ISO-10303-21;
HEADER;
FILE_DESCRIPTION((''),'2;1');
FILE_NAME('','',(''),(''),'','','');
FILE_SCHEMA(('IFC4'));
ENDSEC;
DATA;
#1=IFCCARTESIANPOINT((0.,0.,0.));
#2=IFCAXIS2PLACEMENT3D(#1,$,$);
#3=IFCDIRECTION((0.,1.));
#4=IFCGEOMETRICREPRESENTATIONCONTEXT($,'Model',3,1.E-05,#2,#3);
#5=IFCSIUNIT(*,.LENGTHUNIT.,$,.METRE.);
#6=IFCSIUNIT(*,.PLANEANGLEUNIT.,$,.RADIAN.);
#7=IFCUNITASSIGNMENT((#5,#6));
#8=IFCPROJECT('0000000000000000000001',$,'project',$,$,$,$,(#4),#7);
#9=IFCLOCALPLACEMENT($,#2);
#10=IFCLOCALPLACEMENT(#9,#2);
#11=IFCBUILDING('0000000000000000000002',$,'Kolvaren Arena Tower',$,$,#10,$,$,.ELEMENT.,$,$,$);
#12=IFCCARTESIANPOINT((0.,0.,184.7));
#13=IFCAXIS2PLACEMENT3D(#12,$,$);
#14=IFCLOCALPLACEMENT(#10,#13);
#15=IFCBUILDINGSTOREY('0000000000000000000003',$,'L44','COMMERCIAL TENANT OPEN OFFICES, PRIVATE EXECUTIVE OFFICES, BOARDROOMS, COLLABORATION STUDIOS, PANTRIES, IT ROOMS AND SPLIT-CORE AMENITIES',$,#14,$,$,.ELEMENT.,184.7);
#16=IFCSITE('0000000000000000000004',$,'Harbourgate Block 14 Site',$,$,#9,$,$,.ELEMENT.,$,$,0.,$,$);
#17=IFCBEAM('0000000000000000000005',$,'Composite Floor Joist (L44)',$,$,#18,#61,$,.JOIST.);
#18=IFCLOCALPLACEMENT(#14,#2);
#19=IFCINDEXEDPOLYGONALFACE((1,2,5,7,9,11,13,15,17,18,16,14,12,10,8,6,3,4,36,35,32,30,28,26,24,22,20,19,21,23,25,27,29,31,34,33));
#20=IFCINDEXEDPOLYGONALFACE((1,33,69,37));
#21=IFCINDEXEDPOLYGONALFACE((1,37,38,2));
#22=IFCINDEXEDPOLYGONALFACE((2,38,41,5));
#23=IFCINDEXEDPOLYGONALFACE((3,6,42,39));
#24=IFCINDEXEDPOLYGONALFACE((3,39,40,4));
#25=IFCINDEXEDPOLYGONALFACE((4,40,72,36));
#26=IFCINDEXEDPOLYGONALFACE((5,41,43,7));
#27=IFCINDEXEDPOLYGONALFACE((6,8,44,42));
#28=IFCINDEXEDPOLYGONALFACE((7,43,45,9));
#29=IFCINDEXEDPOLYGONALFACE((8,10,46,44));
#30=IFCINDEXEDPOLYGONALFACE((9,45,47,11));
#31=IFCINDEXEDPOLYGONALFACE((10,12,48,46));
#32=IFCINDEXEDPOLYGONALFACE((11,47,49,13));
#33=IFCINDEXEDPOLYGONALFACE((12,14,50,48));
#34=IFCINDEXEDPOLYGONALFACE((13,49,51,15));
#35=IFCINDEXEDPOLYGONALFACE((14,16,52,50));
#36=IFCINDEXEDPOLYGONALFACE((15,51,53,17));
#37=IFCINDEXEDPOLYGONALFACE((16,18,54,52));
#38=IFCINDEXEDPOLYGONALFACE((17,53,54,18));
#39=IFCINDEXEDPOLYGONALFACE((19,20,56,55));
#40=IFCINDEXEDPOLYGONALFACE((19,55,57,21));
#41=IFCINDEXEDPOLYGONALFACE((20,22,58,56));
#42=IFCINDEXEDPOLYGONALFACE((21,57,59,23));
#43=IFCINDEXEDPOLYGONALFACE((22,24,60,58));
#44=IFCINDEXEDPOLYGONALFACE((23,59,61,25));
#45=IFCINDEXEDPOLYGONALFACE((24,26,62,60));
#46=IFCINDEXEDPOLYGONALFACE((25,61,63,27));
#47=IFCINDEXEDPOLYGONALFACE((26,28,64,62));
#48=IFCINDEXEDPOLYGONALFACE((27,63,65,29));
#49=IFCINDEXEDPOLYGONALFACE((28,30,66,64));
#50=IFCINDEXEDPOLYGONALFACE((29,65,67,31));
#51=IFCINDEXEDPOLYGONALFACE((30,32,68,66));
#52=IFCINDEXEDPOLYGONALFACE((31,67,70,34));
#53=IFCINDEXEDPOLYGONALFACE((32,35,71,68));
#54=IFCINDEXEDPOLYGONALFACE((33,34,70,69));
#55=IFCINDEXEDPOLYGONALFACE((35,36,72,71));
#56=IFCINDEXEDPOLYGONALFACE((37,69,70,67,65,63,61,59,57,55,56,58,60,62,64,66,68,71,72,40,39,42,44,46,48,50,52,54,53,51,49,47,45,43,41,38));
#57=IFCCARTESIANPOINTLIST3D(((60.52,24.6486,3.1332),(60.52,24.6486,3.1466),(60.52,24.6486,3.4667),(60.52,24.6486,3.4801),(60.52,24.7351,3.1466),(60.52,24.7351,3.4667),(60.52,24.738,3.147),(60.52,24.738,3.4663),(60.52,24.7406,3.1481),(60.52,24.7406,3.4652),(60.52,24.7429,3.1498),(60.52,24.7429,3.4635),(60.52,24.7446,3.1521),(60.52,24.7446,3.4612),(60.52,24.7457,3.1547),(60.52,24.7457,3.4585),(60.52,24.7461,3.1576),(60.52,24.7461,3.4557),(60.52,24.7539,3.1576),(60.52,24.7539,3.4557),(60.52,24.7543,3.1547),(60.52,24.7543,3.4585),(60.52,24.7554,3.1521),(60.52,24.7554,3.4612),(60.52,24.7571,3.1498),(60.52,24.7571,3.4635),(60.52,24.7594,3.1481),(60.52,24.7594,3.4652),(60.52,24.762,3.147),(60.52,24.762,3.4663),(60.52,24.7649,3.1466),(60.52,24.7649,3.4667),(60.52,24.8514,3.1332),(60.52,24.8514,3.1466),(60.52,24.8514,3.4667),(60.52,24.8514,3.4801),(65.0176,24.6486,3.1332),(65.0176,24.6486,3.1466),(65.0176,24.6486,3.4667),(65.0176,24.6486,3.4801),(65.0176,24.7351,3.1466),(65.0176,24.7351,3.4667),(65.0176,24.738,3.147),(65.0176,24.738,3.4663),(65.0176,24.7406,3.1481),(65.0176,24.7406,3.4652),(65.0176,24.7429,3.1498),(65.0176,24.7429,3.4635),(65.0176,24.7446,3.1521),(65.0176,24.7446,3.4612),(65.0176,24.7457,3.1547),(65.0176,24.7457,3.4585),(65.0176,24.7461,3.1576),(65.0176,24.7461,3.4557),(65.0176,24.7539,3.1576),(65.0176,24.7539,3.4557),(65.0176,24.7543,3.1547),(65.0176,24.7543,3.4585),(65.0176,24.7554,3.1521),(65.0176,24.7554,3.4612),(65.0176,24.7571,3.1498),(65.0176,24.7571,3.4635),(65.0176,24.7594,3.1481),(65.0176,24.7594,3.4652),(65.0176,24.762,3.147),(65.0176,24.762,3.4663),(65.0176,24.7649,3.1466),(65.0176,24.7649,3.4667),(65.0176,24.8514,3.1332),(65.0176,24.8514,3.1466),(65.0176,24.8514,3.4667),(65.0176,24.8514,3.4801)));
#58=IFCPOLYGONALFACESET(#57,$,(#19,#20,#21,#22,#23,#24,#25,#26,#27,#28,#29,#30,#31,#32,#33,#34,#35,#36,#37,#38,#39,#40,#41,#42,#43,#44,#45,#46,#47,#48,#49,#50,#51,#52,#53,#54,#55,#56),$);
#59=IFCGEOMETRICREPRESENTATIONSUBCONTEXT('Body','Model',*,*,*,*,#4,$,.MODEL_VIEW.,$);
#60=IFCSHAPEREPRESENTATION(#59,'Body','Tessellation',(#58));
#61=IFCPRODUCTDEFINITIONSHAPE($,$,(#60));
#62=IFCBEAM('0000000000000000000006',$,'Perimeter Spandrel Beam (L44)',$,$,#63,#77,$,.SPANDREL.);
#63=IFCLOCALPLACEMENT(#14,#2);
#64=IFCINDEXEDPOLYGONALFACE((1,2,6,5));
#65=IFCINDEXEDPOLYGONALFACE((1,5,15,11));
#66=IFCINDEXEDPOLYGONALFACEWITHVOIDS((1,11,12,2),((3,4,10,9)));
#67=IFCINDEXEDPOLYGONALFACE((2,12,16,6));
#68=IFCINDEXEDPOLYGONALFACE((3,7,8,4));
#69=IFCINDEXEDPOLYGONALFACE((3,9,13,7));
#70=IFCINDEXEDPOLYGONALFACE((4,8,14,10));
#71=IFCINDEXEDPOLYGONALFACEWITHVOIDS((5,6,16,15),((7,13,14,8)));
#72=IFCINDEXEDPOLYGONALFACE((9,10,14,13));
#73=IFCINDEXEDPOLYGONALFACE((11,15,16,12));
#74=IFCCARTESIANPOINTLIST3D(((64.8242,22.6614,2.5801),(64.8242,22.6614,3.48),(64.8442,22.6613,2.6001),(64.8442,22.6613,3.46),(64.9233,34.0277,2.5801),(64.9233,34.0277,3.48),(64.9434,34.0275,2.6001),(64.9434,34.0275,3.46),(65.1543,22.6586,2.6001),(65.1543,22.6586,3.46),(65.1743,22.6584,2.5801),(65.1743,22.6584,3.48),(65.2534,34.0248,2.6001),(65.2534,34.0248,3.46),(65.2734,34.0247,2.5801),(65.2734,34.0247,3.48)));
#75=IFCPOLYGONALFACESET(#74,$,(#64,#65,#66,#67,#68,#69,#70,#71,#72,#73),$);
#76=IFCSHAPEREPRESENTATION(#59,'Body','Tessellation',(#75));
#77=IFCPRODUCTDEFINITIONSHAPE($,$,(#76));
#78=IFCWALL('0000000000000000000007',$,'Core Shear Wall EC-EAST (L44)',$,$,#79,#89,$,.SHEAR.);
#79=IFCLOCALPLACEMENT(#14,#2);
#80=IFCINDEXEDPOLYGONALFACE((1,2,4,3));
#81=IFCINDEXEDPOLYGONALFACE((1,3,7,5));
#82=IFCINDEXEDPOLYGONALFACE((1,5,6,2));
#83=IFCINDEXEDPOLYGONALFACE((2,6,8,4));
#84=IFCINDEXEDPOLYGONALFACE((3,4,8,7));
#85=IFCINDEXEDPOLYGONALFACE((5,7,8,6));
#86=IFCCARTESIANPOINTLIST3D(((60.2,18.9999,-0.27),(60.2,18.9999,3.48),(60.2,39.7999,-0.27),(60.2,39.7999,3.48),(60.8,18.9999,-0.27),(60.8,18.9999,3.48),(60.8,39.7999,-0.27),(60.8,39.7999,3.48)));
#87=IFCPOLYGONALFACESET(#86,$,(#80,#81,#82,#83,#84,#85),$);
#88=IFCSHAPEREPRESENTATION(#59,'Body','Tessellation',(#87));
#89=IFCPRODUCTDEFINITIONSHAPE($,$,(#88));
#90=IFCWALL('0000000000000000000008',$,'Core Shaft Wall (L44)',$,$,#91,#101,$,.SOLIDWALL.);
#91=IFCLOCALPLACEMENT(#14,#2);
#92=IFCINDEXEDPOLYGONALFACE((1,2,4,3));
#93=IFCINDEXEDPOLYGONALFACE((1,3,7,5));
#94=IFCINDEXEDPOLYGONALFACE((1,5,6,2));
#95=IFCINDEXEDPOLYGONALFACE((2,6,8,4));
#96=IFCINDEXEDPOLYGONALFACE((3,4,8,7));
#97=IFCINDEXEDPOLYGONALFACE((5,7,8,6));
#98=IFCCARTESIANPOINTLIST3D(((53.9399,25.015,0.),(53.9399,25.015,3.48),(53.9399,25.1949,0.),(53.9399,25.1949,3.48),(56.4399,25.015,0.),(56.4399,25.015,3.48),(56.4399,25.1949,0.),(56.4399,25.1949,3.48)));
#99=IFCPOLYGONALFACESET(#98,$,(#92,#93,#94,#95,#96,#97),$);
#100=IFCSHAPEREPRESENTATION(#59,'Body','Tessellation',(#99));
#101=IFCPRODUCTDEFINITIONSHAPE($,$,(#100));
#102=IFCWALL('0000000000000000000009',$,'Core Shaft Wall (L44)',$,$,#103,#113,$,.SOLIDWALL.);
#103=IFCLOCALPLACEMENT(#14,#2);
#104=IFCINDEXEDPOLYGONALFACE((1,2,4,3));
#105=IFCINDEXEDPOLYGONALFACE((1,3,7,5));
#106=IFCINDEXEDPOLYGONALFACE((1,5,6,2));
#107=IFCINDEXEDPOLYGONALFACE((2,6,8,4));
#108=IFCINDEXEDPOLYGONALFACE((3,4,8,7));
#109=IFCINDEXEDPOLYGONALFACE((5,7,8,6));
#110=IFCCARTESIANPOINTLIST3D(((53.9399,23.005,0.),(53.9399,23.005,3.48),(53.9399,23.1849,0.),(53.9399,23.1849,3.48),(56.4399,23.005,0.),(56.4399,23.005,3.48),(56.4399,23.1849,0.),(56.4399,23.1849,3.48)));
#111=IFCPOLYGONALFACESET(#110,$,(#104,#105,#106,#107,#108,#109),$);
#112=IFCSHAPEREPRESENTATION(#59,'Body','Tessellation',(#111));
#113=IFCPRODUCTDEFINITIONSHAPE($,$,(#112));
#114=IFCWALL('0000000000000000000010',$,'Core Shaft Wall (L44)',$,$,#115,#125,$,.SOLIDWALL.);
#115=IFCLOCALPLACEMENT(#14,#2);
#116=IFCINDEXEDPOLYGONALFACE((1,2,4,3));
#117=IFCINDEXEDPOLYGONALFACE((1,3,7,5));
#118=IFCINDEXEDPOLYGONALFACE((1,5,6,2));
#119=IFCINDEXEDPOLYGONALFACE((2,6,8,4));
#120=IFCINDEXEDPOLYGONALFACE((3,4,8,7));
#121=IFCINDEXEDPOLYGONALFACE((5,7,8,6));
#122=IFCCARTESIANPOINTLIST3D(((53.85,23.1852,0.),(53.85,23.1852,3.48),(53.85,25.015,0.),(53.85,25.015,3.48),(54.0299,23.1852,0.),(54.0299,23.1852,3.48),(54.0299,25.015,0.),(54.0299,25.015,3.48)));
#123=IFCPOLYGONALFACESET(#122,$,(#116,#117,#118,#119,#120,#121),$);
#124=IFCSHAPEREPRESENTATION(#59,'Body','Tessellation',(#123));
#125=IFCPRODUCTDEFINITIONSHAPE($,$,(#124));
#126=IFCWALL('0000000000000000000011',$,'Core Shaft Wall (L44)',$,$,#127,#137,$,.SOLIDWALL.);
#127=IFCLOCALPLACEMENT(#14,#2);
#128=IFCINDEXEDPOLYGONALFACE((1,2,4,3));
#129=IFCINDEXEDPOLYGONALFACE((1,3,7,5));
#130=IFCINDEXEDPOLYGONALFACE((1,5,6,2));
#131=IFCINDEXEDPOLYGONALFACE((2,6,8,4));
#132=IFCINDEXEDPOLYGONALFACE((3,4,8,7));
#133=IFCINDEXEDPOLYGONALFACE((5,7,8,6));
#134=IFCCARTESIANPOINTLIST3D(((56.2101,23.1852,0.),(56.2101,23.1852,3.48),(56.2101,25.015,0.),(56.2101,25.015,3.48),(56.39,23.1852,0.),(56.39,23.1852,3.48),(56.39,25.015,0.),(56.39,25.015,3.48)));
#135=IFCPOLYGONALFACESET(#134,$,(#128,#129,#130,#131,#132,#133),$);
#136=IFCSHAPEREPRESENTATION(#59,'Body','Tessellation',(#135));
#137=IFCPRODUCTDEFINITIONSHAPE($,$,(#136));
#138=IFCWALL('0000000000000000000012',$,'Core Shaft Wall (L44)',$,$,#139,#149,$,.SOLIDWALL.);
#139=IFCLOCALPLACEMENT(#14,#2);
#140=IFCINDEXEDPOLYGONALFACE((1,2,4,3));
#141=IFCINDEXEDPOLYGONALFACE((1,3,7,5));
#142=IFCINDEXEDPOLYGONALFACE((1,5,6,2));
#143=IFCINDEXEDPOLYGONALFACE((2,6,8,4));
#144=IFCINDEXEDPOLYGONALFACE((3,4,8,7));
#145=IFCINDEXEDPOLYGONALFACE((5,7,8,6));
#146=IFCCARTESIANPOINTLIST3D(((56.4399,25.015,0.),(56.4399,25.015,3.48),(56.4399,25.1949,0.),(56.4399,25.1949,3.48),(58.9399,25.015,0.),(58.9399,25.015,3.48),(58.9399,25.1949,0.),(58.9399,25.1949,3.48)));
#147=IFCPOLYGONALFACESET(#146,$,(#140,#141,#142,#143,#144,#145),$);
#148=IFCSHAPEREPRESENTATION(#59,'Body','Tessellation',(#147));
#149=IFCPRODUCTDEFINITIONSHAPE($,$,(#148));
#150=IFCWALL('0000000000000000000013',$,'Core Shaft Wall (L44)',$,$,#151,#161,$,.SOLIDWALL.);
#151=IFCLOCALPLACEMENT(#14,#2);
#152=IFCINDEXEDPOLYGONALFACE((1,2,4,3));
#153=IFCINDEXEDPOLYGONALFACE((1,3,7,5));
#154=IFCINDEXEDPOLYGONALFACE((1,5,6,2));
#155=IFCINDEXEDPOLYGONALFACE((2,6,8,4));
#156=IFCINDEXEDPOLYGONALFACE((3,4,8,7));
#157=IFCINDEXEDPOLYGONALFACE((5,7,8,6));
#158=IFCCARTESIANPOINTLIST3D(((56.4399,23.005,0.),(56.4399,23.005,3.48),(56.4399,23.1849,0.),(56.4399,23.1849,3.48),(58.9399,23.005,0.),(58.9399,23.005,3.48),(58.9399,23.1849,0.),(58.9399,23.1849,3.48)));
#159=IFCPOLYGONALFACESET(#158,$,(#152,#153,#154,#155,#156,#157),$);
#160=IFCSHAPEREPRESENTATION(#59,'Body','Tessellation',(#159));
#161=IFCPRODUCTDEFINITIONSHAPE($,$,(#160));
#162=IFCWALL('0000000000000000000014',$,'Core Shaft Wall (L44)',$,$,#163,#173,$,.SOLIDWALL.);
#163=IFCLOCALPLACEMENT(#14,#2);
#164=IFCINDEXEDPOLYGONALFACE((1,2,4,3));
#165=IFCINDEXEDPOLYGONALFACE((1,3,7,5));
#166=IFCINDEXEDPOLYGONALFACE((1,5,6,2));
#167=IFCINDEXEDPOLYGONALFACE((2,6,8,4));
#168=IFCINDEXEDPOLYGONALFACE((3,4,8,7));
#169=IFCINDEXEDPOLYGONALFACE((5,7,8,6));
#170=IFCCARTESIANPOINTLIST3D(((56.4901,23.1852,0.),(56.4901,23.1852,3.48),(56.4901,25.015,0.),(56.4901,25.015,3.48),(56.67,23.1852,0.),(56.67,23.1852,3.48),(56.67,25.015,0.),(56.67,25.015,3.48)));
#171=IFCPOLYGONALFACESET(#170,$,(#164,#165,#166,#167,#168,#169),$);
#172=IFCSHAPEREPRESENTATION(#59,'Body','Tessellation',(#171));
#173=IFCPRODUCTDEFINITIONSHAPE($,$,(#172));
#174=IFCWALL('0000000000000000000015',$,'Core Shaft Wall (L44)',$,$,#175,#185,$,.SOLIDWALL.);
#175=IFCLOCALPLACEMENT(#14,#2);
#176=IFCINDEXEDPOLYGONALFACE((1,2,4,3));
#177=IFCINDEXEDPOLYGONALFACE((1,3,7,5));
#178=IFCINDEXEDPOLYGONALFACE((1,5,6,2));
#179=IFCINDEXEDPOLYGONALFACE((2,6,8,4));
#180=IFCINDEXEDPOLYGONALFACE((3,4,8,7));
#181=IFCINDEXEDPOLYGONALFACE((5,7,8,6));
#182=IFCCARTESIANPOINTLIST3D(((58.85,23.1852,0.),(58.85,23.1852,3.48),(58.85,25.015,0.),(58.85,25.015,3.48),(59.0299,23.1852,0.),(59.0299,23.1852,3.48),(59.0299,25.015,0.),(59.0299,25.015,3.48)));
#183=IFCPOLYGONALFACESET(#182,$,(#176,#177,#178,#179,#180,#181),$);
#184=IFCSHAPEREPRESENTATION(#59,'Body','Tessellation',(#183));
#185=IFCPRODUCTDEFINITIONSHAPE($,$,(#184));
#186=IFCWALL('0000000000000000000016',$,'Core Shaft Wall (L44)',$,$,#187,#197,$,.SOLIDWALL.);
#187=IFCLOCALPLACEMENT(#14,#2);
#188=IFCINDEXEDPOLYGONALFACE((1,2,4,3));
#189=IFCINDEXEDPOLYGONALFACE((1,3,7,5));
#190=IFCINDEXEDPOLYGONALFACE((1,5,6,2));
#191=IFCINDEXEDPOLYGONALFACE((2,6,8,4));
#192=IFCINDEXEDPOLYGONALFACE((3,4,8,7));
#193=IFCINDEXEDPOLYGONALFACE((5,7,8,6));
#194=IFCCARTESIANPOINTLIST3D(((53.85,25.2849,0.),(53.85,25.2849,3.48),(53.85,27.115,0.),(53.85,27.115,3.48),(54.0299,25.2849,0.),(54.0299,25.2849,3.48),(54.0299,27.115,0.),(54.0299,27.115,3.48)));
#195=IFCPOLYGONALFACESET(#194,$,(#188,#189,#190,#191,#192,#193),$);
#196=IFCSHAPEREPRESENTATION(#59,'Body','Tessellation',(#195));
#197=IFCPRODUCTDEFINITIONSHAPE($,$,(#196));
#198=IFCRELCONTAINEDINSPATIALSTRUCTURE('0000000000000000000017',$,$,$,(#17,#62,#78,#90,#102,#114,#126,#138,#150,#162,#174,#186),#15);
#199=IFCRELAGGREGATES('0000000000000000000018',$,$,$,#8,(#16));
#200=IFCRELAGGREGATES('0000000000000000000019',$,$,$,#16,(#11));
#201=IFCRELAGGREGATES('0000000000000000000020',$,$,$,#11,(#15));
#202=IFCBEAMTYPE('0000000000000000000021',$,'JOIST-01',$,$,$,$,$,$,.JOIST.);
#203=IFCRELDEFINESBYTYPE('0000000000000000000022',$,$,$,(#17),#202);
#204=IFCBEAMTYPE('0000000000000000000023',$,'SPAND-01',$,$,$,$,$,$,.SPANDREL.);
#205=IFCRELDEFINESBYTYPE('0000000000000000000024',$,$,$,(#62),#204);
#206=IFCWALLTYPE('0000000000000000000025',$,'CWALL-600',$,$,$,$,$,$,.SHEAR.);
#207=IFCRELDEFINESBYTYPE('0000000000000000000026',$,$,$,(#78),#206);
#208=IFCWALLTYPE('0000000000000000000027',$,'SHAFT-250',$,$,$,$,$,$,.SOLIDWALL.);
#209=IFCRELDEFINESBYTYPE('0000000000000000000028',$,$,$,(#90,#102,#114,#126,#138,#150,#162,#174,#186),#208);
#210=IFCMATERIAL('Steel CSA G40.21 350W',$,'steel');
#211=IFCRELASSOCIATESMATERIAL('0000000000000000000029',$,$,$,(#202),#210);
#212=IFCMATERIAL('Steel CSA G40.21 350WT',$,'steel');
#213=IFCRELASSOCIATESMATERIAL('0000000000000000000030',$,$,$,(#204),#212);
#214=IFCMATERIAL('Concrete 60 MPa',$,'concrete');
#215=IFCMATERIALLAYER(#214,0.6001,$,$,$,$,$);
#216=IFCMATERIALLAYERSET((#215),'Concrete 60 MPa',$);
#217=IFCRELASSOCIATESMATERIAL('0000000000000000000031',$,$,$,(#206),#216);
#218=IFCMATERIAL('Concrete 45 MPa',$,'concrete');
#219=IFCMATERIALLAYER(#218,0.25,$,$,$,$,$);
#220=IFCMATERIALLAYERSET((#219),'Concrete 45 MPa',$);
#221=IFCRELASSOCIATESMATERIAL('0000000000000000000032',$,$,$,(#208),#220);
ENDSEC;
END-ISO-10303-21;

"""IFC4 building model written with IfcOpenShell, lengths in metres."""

from ifc_helpers import new_model, si_unit, direction, frame, frame_2d, origin, origin_2d, place, context, subcontext, project, spatial, rectangle, hollow_rectangle, i_section, extrude, material, layer, layer_set, material_profile, profile_set, type_object, element, save


model = new_model("IFC4")

# Units and contexts
model_context = context("Model", 3, precision=1e-05, world=origin(), true_north=direction((0.0, 1.0)))
body_context = subcontext(model_context, "Body", "Model", "MODEL_VIEW")
ifc_project = project(units=[si_unit("LENGTHUNIT", "METRE"), si_unit("PLANEANGLEUNIT", "RADIAN")], contexts=[model_context])

# Site, building, storey
site_placement = place(None, origin())
site = spatial("IfcSite", under=ifc_project, at=site_placement, Name="Harbourgate Block 14 Site", CompositionType="ELEMENT", RefElevation=0.0)
building_placement = place(site_placement, origin())
building = spatial("IfcBuilding", under=site, at=building_placement, Name="Kolvaren Arena Tower", CompositionType="ELEMENT")
storey_placement = place(building_placement, frame((0.0, 0.0, 184.7)))
storey = spatial("IfcBuildingStorey", under=building, at=storey_placement, Name="L44", Description="COMMERCIAL TENANT OPEN OFFICES, PRIVATE EXECUTIVE OFFICES, BOARDROOMS, COLLABORATION STUDIOS, PANTRIES, IT ROOMS AND SPLIT-CORE AMENITIES", CompositionType="ELEMENT", Elevation=184.7)

# Beams
ifc_material_1 = material(Name="Steel CSA G40.21 350W", Category="steel")
ifc_material_profile_1 = material_profile(ifc_material_1, i_section(OverallWidth=0.2029, OverallDepth=0.3469, WebThickness=0.0078, FlangeThickness=0.0134, FilletRadius=0.011, at=origin_2d()), Name="W360x64")
ifc_profile_set_1 = profile_set([ifc_material_profile_1], Name="Steel CSA G40.21 350W")
beam_type_1 = type_object("IfcBeamType", Name="JOIST-01", PredefinedType="JOIST", material=ifc_profile_set_1)
beam_1_placement = place(storey_placement, frame((60.52, 24.75, 3.3066), z_axis=(1.0, 0.0, 0.0), x_axis=(0.0, 1.0, 0.0)))
element("IfcBeam", 1, at=beam_1_placement, inside=storey, type_object=beam_type_1, Name="Composite Floor Joist (L44)", PredefinedType="JOIST", context=body_context, shape_type="SweptSolid", body=[
    extrude(i_section(OverallWidth=0.2029, OverallDepth=0.3469, WebThickness=0.0078, FlangeThickness=0.0134, FilletRadius=0.011, at=origin_2d()), origin(), (0.0, 0.0, 1.0), 4.4976),
])
ifc_material_2 = material(Name="Steel CSA G40.21 350WT", Category="steel")
ifc_material_profile_2 = material_profile(ifc_material_2, hollow_rectangle(XDim=0.3501, YDim=0.8999, WallThickness=0.02, at=origin_2d()), Name="HSS 900x350x20")
ifc_profile_set_2 = profile_set([ifc_material_profile_2], Name="Steel CSA G40.21 350WT")
beam_type_2 = type_object("IfcBeamType", Name="SPAND-01", PredefinedType="SPANDREL", material=ifc_profile_set_2)
beam_2_placement = place(storey_placement, frame((64.9993, 22.6599, 3.03), z_axis=(0.00872, 0.999962, 0.0), x_axis=(-0.999962, 0.00872, 0.0)))
element("IfcBeam", 2, at=beam_2_placement, inside=storey, type_object=beam_type_2, Name="Perimeter Spandrel Beam (L44)", PredefinedType="SPANDREL", context=body_context, shape_type="SweptSolid", body=[
    extrude(hollow_rectangle(XDim=0.3501, YDim=0.8999, WallThickness=0.02, at=origin_2d()), origin(), (0.0, 0.0, 1.0), 11.3667),
])

# Walls
ifc_material_3 = material(Name="Concrete 60 MPa", Category="concrete")
ifc_layer_1 = layer(ifc_material_3, 0.6001)
ifc_layer_set_1 = layer_set([ifc_layer_1], Name="Concrete 60 MPa")
wall_type_1 = type_object("IfcWallType", Name="CWALL-600", PredefinedType="SHEAR", material=ifc_layer_set_1)
wall_1_placement = place(storey_placement, frame((60.5, 19.0, -0.27), z_axis=(0.0, 0.0, 1.0), x_axis=(0.0, 1.0, 0.0)))
element("IfcWall", 3, at=wall_1_placement, inside=storey, type_object=wall_type_1, Name="Core Shear Wall EC-EAST (L44)", PredefinedType="SHEAR", context=body_context, shape_type="SweptSolid", body=[
    extrude(rectangle(XDim=20.8, YDim=0.6001, at=frame_2d((10.3999, 0.0))), origin(), (0.0, 0.0, 1.0), 3.75),
])
ifc_material_4 = material(Name="Concrete 45 MPa", Category="concrete")
ifc_layer_2 = layer(ifc_material_4, 0.25)
ifc_layer_set_2 = layer_set([ifc_layer_2], Name="Concrete 45 MPa")
wall_type_2 = type_object("IfcWallType", Name="SHAFT-250", PredefinedType="SOLIDWALL", material=ifc_layer_set_2)
for number, where, z_axis, x_axis, name in (
    (4, (53.9399, 25.105, 0.0), (0.0, 0.0, 1.0), (1.0, 0.0, 0.0), "Core Shaft Wall (L44)"),
    (5, (53.9399, 23.095, 0.0), (0.0, 0.0, 1.0), (1.0, 0.0, 0.0), "Core Shaft Wall (L44)"),
):
    element("IfcWall", number, at=place(storey_placement, frame(where, z_axis=z_axis, x_axis=x_axis)), inside=storey, type_object=wall_type_2, Name=name, PredefinedType="SOLIDWALL", context=body_context, shape_type="SweptSolid", body=[
        extrude(rectangle(XDim=2.5, YDim=0.1799, at=frame_2d((1.25, 0.0))), origin(), (0.0, 0.0, 1.0), 3.48),
    ])
for number, where, z_axis, x_axis, name in (
    (6, (53.9399, 23.1851, 0.0), (0.0, 0.0, 1.0), (0.0, 1.0, 0.0), "Core Shaft Wall (L44)"),
    (7, (56.3, 23.1851, 0.0), (0.0, 0.0, 1.0), (0.0, 1.0, 0.0), "Core Shaft Wall (L44)"),
):
    element("IfcWall", number, at=place(storey_placement, frame(where, z_axis=z_axis, x_axis=x_axis)), inside=storey, type_object=wall_type_2, Name=name, PredefinedType="SOLIDWALL", context=body_context, shape_type="SweptSolid", body=[
        extrude(rectangle(XDim=1.8298, YDim=0.1799, at=frame_2d((0.915, 0.0))), origin(), (0.0, 0.0, 1.0), 3.48),
    ])
for number, where, z_axis, x_axis, name in (
    (8, (56.4399, 25.105, 0.0), (0.0, 0.0, 1.0), (1.0, 0.0, 0.0), "Core Shaft Wall (L44)"),
    (9, (56.4399, 23.095, 0.0), (0.0, 0.0, 1.0), (1.0, 0.0, 0.0), "Core Shaft Wall (L44)"),
):
    element("IfcWall", number, at=place(storey_placement, frame(where, z_axis=z_axis, x_axis=x_axis)), inside=storey, type_object=wall_type_2, Name=name, PredefinedType="SOLIDWALL", context=body_context, shape_type="SweptSolid", body=[
        extrude(rectangle(XDim=2.5, YDim=0.1799, at=frame_2d((1.25, 0.0))), origin(), (0.0, 0.0, 1.0), 3.48),
    ])
for number, where, z_axis, x_axis, name in (
    (10, (56.5801, 23.1851, 0.0), (0.0, 0.0, 1.0), (0.0, 1.0, 0.0), "Core Shaft Wall (L44)"),
    (11, (58.9399, 23.1851, 0.0), (0.0, 0.0, 1.0), (0.0, 1.0, 0.0), "Core Shaft Wall (L44)"),
):
    element("IfcWall", number, at=place(storey_placement, frame(where, z_axis=z_axis, x_axis=x_axis)), inside=storey, type_object=wall_type_2, Name=name, PredefinedType="SOLIDWALL", context=body_context, shape_type="SweptSolid", body=[
        extrude(rectangle(XDim=1.8298, YDim=0.1799, at=frame_2d((0.915, 0.0))), origin(), (0.0, 0.0, 1.0), 3.48),
    ])
for number, where, z_axis, x_axis, name in (
    (12, (53.9399, 25.2849, 0.0), (0.0, 0.0, 1.0), (0.0, 1.0, 0.0), "Core Shaft Wall (L44)"),
):
    element("IfcWall", number, at=place(storey_placement, frame(where, z_axis=z_axis, x_axis=x_axis)), inside=storey, type_object=wall_type_2, Name=name, PredefinedType="SOLIDWALL", context=body_context, shape_type="SweptSolid", body=[
        extrude(rectangle(XDim=1.8301, YDim=0.1799, at=frame_2d((0.915, 0.0))), origin(), (0.0, 0.0, 1.0), 3.48),
    ])

save(model, "model.ifc")
